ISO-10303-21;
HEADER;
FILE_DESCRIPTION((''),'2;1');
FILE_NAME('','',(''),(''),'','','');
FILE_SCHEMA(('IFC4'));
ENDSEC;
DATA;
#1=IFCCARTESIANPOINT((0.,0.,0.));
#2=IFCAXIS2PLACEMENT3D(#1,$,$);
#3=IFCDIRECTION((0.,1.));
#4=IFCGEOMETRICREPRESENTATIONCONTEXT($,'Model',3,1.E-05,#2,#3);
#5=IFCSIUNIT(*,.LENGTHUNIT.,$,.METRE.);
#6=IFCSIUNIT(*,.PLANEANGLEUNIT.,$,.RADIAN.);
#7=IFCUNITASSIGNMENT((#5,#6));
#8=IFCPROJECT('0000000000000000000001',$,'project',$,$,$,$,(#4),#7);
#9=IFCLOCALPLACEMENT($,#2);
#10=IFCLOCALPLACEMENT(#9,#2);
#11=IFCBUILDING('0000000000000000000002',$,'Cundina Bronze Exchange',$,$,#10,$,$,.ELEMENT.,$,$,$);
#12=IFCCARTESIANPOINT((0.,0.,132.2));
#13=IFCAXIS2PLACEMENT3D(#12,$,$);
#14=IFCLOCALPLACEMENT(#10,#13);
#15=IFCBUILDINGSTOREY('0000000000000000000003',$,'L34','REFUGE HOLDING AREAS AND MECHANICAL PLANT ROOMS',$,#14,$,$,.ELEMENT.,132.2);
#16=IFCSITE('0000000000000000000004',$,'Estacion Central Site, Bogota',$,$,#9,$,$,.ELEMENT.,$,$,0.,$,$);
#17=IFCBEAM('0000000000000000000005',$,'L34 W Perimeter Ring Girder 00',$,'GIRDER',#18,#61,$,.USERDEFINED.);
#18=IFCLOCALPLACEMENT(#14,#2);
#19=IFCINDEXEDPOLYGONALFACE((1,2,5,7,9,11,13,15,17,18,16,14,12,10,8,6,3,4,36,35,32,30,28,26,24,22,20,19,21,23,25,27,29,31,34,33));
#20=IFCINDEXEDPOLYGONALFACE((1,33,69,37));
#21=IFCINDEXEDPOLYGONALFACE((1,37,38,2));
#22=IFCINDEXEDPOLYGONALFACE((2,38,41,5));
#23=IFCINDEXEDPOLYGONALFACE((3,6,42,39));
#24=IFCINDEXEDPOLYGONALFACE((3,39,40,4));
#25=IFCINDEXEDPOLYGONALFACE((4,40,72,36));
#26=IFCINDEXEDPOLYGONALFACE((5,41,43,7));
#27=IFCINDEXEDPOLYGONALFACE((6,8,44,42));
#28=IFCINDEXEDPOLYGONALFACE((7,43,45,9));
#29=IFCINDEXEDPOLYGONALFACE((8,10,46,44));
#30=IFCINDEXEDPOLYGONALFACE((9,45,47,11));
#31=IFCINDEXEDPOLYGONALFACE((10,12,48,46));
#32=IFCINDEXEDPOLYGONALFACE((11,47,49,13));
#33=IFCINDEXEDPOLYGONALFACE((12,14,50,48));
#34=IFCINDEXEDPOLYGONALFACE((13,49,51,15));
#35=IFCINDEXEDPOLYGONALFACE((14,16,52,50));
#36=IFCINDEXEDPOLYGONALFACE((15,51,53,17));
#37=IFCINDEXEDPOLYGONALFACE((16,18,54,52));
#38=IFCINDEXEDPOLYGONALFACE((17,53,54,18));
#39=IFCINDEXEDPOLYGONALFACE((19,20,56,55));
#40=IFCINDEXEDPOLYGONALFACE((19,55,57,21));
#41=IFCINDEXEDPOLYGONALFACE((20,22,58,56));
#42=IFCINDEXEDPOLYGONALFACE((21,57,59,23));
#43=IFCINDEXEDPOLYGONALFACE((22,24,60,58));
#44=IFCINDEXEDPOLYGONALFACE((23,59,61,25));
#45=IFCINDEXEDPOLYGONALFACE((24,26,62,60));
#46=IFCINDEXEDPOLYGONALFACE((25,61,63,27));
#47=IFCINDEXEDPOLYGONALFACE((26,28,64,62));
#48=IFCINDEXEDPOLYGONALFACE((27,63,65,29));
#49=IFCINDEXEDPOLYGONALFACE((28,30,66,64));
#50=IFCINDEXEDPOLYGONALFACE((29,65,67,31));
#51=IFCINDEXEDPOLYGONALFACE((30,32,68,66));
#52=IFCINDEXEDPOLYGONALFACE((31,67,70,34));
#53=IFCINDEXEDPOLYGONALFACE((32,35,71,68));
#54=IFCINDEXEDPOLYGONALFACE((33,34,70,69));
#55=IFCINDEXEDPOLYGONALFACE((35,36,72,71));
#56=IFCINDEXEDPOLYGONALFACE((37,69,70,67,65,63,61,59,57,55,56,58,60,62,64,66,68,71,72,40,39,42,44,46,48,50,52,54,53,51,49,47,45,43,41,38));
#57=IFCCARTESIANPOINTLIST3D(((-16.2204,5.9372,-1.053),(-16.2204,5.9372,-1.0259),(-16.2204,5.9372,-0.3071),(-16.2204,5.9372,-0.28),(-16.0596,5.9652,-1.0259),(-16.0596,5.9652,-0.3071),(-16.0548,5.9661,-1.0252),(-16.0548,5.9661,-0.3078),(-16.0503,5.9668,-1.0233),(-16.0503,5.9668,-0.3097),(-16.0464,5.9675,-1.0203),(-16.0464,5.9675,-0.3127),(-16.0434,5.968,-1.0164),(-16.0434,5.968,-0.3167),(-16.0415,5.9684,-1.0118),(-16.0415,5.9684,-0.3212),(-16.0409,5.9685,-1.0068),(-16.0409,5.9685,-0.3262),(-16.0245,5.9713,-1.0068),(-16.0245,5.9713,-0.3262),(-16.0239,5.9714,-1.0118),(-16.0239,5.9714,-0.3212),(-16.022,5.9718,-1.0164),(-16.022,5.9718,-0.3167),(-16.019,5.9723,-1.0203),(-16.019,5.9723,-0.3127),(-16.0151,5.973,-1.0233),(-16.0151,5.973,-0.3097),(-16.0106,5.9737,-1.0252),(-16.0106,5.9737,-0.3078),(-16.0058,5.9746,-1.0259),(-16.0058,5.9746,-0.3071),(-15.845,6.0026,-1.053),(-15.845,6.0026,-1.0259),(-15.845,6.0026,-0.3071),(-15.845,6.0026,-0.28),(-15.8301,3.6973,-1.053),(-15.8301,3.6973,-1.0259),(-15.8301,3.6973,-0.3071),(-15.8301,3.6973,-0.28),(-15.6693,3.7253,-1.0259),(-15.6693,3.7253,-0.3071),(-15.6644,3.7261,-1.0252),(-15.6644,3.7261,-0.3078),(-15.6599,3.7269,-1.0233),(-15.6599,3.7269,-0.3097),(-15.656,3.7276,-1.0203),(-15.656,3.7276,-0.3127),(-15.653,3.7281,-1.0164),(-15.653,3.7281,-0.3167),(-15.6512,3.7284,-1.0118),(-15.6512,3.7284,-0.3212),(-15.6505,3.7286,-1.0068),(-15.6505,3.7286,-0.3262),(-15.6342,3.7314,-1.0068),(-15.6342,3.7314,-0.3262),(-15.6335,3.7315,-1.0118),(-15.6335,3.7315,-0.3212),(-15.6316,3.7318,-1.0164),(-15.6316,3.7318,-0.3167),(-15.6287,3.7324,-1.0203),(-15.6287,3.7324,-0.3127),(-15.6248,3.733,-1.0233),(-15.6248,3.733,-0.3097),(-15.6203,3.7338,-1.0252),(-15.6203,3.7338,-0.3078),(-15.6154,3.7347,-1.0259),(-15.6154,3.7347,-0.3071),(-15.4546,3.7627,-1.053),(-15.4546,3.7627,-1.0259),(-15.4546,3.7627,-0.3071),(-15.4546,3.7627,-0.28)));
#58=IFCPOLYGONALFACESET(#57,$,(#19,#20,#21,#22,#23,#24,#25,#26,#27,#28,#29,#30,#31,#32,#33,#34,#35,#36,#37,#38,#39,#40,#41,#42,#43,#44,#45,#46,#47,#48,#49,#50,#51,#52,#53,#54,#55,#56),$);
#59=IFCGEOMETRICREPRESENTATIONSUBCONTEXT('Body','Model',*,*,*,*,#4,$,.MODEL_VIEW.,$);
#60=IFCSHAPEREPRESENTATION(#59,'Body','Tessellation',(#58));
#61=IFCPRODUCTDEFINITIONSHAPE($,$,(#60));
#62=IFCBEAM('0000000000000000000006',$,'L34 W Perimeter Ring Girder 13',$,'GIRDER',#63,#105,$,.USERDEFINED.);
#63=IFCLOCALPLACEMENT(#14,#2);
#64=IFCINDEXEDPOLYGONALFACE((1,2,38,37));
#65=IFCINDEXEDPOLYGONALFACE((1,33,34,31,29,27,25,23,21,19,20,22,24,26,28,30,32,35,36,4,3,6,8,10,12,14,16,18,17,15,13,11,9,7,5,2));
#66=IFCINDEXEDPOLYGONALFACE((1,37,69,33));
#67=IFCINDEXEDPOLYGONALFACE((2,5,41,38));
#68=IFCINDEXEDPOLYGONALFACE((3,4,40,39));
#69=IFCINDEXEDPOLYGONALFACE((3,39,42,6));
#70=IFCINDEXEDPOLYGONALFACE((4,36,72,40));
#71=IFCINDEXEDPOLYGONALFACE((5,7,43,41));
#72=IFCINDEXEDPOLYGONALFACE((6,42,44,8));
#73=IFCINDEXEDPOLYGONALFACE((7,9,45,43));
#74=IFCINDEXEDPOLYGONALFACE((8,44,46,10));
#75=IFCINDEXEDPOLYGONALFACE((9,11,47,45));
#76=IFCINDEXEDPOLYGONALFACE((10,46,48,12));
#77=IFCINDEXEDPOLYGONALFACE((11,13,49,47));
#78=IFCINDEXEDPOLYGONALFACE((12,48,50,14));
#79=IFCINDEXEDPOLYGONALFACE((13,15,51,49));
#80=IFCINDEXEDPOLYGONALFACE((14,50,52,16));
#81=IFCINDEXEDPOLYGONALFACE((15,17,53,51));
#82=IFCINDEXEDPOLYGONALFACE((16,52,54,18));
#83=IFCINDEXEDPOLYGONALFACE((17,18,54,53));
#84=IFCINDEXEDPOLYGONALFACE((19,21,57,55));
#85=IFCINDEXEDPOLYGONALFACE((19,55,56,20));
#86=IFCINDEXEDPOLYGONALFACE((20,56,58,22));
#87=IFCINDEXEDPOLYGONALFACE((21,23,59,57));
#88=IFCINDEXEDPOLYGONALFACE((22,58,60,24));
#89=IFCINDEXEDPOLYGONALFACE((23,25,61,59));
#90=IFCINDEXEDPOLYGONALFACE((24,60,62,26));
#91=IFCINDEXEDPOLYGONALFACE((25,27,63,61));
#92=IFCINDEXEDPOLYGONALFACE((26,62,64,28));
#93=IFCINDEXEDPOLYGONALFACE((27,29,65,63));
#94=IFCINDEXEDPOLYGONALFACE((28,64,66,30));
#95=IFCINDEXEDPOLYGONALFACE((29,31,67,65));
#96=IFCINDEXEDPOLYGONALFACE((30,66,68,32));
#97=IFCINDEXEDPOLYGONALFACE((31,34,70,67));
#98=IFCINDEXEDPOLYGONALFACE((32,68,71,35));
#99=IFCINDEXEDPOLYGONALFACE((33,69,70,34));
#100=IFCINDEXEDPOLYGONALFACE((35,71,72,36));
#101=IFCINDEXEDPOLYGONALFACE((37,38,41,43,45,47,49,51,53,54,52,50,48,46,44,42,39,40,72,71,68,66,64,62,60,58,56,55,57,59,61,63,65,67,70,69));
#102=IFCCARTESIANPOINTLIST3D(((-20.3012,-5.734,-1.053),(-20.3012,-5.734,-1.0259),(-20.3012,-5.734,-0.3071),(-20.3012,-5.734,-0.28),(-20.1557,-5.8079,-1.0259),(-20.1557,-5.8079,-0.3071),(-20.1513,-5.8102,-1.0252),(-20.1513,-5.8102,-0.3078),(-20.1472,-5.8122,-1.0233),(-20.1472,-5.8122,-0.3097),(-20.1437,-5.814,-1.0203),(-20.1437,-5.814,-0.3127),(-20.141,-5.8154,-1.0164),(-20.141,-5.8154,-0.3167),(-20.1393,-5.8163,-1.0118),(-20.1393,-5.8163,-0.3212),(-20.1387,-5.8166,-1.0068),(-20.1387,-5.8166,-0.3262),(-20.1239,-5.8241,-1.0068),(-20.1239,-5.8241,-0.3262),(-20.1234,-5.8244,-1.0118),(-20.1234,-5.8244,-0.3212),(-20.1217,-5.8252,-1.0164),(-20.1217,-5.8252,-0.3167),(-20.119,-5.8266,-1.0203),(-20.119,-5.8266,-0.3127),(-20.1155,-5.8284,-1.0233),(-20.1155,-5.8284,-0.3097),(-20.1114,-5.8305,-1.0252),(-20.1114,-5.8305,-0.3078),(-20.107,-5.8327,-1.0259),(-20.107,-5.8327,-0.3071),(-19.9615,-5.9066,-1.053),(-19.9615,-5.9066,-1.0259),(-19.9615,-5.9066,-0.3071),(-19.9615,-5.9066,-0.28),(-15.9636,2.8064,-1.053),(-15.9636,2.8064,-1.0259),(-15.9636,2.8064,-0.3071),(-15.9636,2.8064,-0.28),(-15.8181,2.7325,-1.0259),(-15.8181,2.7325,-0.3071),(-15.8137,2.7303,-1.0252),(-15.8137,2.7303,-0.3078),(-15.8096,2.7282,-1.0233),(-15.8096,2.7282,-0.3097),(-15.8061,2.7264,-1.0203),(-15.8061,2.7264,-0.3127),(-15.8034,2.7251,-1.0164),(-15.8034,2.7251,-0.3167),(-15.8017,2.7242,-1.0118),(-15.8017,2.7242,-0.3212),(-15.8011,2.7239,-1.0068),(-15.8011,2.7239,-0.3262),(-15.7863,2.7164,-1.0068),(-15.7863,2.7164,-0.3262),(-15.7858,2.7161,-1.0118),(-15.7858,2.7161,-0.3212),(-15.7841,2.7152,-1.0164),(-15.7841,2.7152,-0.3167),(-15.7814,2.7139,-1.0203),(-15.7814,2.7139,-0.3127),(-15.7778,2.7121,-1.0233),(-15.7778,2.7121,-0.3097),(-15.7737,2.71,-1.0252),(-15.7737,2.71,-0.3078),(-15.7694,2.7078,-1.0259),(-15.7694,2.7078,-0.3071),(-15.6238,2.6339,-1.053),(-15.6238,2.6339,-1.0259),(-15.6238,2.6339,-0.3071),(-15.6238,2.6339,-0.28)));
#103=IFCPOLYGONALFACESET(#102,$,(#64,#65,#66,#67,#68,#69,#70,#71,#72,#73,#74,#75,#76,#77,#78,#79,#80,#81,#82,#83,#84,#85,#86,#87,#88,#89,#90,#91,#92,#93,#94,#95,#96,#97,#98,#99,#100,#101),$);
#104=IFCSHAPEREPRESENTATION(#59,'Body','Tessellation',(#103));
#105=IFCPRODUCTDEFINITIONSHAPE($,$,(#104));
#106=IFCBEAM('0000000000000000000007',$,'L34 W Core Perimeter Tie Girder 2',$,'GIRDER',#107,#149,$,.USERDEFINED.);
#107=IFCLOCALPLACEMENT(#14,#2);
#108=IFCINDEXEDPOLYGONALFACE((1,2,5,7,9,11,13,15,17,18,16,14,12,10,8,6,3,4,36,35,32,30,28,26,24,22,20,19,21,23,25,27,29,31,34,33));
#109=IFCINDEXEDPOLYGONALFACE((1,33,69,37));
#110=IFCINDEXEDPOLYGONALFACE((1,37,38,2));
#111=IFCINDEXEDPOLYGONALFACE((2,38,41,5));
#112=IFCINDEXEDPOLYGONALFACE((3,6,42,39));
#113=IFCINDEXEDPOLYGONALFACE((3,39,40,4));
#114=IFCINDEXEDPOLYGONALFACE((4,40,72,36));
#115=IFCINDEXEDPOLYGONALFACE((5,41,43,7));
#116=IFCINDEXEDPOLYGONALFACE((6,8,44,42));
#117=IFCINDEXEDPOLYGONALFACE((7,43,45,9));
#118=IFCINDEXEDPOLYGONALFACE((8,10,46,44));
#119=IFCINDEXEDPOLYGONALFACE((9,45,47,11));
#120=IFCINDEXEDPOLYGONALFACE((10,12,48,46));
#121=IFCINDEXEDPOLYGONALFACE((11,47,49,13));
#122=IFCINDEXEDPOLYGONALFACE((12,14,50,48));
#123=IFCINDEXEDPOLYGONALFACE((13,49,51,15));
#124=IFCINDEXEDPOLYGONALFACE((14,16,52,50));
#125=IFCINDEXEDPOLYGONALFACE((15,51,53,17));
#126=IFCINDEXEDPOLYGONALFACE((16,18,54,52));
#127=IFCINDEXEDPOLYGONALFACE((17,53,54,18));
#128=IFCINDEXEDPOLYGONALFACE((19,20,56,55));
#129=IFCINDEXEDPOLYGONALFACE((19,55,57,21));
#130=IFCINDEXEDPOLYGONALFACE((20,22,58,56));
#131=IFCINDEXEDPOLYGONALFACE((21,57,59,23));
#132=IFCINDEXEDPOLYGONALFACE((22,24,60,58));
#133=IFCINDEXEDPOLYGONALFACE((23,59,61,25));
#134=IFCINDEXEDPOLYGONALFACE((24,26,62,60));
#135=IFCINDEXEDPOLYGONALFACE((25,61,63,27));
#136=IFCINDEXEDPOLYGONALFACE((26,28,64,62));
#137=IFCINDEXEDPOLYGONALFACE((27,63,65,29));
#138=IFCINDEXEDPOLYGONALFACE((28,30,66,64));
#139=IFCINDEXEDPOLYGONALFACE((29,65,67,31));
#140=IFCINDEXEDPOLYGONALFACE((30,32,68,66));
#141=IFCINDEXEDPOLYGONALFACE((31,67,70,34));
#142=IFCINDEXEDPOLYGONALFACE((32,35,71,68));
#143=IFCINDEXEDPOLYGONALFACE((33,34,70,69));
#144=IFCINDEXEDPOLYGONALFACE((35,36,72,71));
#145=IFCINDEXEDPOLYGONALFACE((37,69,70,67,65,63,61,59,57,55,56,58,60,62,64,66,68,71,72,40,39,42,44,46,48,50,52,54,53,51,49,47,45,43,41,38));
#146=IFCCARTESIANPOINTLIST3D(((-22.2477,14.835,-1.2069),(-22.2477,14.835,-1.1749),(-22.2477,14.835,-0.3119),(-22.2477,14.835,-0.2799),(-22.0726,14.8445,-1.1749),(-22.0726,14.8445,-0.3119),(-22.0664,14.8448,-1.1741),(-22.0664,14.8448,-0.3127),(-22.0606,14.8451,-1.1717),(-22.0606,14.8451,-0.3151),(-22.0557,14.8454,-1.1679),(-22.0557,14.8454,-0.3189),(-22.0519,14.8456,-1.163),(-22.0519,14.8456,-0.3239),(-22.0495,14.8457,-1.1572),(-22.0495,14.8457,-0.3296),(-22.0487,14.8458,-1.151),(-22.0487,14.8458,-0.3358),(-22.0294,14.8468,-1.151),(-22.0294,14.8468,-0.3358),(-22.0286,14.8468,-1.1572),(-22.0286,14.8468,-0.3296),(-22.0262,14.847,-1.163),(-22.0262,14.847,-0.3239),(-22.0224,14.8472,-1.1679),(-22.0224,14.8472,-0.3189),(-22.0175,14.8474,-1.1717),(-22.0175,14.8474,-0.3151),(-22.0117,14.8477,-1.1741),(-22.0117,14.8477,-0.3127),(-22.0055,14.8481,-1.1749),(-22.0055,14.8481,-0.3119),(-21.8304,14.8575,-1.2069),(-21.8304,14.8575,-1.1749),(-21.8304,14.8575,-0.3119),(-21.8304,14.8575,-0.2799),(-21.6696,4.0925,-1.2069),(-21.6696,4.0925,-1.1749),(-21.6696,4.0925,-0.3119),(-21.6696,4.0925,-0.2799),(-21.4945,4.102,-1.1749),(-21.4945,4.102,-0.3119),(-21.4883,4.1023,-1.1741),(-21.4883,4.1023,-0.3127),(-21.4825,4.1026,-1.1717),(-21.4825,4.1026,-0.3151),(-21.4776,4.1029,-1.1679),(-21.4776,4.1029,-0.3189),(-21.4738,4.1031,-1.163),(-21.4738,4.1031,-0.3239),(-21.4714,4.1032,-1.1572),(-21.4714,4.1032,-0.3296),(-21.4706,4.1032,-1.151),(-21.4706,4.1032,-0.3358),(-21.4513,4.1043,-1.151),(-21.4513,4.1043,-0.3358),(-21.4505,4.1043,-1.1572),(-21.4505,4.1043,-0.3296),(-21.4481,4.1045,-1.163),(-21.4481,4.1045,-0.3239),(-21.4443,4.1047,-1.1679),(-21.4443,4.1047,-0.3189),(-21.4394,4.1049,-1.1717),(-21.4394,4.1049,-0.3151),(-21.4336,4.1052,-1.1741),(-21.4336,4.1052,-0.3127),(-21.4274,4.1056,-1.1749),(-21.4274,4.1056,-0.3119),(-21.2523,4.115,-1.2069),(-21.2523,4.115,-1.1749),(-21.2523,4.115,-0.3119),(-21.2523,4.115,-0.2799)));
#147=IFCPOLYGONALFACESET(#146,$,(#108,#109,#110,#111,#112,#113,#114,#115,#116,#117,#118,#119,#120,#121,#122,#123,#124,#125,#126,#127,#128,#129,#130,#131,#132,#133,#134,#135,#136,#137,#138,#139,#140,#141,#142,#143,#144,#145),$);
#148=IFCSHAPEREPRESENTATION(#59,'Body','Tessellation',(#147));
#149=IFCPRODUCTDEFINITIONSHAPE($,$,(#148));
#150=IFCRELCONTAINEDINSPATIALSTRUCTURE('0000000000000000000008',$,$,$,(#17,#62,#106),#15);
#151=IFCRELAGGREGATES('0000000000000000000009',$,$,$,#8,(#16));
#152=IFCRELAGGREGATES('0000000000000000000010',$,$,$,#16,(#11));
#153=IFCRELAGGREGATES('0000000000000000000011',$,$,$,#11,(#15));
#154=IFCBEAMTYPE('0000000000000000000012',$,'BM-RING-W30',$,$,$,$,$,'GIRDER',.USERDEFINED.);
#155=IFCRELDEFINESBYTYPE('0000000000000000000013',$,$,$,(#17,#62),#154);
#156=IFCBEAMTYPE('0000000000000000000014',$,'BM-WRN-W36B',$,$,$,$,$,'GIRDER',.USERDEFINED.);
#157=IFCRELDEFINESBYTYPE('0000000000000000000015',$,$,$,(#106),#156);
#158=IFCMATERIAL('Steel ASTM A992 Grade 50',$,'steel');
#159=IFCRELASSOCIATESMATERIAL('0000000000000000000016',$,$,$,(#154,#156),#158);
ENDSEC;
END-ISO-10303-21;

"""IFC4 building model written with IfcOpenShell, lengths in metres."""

from ifc_helpers import new_model, si_unit, direction, frame, origin, origin_2d, place, context, subcontext, project, spatial, i_section, extrude, material, material_profile, profile_set, type_object, element, save


model = new_model("IFC4")

# Units and contexts
model_context = context("Model", 3, precision=1e-05, world=origin(), true_north=direction((0.0, 1.0)))
body_context = subcontext(model_context, "Body", "Model", "MODEL_VIEW")
ifc_project = project(units=[si_unit("LENGTHUNIT", "METRE"), si_unit("PLANEANGLEUNIT", "RADIAN")], contexts=[model_context])

# Site, building, storey
site_placement = place(None, origin())
site = spatial("IfcSite", under=ifc_project, at=site_placement, Name="Estacion Central Site, Bogota", CompositionType="ELEMENT", RefElevation=0.0)
building_placement = place(site_placement, origin())
building = spatial("IfcBuilding", under=site, at=building_placement, Name="Cundina Bronze Exchange", CompositionType="ELEMENT")
storey_placement = place(building_placement, frame((0.0, 0.0, 132.2)))
storey = spatial("IfcBuildingStorey", under=building, at=storey_placement, Name="L34", Description="REFUGE HOLDING AREAS AND MECHANICAL PLANT ROOMS", CompositionType="ELEMENT", Elevation=132.2)

# Shared definitions
ifc_material_1 = material(Name="Steel ASTM A992 Grade 50", Category="steel")

# Beams
ifc_material_profile_1 = material_profile(ifc_material_1, i_section(OverallWidth=0.3811, OverallDepth=0.7729, WebThickness=0.0166, FlangeThickness=0.0271, FilletRadius=0.019, at=origin_2d()), Name="W30X173", Category="steel")
ifc_profile_set_1 = profile_set([ifc_material_profile_1], Name="Steel ASTM A992 Grade 50")
beam_type_1 = type_object("IfcBeamType", Name="BM-RING-W30", ElementType="GIRDER", PredefinedType="USERDEFINED", material=ifc_profile_set_1)
beam_1_placement = place(storey_placement, frame((-15.6423, 3.73, -0.6665), z_axis=(-0.17169, 0.985151, 0.0), x_axis=(-0.985151, -0.17169, 0.0)))
element("IfcBeam", 1, at=beam_1_placement, inside=storey, type_object=beam_type_1, Name="L34 W Perimeter Ring Girder 00", ObjectType="GIRDER", PredefinedType="USERDEFINED", context=body_context, shape_type="SweptSolid", body=[
    extrude(i_section(OverallWidth=0.3811, OverallDepth=0.7729, WebThickness=0.0166, FlangeThickness=0.0271, FilletRadius=0.019, at=origin_2d()), origin(), (0.0, 0.0, 1.0), 2.2737),
])
beam_2_placement = place(storey_placement, frame((-20.1313, -5.8203, -0.6665), z_axis=(0.452832, 0.891596, 0.0), x_axis=(-0.891596, 0.452832, 0.0)))
element("IfcBeam", 2, at=beam_2_placement, inside=storey, type_object=beam_type_1, Name="L34 W Perimeter Ring Girder 13", ObjectType="GIRDER", PredefinedType="USERDEFINED", context=body_context, shape_type="SweptSolid", body=[
    extrude(i_section(OverallWidth=0.3811, OverallDepth=0.7729, WebThickness=0.0166, FlangeThickness=0.0271, FilletRadius=0.019, at=origin_2d()), origin(), (0.0, 0.0, 1.0), 9.5789),
])
ifc_material_profile_2 = material_profile(ifc_material_1, i_section(OverallWidth=0.418, OverallDepth=0.927, WebThickness=0.0193, FlangeThickness=0.032, FilletRadius=0.0239, at=origin_2d()), Name="W36X231", Category="steel")
ifc_profile_set_2 = profile_set([ifc_material_profile_2], Name="Steel ASTM A992 Grade 50")
beam_type_2 = type_object("IfcBeamType", Name="BM-WRN-W36B", ElementType="GIRDER", PredefinedType="USERDEFINED", material=ifc_profile_set_2)
beam_3_placement = place(storey_placement, frame((-21.4609, 4.1038, -0.7434), z_axis=(-0.053739, 0.998555, 0.0), x_axis=(-0.998555, -0.053739, 0.0)))
element("IfcBeam", 3, at=beam_3_placement, inside=storey, type_object=beam_type_2, Name="L34 W Core Perimeter Tie Girder 2", ObjectType="GIRDER", PredefinedType="USERDEFINED", context=body_context, shape_type="SweptSolid", body=[
    extrude(i_section(OverallWidth=0.418, OverallDepth=0.927, WebThickness=0.0193, FlangeThickness=0.032, FilletRadius=0.0239, at=origin_2d()), origin(), (0.0, 0.0, 1.0), 10.7581),
])

save(model, "model.ifc")
